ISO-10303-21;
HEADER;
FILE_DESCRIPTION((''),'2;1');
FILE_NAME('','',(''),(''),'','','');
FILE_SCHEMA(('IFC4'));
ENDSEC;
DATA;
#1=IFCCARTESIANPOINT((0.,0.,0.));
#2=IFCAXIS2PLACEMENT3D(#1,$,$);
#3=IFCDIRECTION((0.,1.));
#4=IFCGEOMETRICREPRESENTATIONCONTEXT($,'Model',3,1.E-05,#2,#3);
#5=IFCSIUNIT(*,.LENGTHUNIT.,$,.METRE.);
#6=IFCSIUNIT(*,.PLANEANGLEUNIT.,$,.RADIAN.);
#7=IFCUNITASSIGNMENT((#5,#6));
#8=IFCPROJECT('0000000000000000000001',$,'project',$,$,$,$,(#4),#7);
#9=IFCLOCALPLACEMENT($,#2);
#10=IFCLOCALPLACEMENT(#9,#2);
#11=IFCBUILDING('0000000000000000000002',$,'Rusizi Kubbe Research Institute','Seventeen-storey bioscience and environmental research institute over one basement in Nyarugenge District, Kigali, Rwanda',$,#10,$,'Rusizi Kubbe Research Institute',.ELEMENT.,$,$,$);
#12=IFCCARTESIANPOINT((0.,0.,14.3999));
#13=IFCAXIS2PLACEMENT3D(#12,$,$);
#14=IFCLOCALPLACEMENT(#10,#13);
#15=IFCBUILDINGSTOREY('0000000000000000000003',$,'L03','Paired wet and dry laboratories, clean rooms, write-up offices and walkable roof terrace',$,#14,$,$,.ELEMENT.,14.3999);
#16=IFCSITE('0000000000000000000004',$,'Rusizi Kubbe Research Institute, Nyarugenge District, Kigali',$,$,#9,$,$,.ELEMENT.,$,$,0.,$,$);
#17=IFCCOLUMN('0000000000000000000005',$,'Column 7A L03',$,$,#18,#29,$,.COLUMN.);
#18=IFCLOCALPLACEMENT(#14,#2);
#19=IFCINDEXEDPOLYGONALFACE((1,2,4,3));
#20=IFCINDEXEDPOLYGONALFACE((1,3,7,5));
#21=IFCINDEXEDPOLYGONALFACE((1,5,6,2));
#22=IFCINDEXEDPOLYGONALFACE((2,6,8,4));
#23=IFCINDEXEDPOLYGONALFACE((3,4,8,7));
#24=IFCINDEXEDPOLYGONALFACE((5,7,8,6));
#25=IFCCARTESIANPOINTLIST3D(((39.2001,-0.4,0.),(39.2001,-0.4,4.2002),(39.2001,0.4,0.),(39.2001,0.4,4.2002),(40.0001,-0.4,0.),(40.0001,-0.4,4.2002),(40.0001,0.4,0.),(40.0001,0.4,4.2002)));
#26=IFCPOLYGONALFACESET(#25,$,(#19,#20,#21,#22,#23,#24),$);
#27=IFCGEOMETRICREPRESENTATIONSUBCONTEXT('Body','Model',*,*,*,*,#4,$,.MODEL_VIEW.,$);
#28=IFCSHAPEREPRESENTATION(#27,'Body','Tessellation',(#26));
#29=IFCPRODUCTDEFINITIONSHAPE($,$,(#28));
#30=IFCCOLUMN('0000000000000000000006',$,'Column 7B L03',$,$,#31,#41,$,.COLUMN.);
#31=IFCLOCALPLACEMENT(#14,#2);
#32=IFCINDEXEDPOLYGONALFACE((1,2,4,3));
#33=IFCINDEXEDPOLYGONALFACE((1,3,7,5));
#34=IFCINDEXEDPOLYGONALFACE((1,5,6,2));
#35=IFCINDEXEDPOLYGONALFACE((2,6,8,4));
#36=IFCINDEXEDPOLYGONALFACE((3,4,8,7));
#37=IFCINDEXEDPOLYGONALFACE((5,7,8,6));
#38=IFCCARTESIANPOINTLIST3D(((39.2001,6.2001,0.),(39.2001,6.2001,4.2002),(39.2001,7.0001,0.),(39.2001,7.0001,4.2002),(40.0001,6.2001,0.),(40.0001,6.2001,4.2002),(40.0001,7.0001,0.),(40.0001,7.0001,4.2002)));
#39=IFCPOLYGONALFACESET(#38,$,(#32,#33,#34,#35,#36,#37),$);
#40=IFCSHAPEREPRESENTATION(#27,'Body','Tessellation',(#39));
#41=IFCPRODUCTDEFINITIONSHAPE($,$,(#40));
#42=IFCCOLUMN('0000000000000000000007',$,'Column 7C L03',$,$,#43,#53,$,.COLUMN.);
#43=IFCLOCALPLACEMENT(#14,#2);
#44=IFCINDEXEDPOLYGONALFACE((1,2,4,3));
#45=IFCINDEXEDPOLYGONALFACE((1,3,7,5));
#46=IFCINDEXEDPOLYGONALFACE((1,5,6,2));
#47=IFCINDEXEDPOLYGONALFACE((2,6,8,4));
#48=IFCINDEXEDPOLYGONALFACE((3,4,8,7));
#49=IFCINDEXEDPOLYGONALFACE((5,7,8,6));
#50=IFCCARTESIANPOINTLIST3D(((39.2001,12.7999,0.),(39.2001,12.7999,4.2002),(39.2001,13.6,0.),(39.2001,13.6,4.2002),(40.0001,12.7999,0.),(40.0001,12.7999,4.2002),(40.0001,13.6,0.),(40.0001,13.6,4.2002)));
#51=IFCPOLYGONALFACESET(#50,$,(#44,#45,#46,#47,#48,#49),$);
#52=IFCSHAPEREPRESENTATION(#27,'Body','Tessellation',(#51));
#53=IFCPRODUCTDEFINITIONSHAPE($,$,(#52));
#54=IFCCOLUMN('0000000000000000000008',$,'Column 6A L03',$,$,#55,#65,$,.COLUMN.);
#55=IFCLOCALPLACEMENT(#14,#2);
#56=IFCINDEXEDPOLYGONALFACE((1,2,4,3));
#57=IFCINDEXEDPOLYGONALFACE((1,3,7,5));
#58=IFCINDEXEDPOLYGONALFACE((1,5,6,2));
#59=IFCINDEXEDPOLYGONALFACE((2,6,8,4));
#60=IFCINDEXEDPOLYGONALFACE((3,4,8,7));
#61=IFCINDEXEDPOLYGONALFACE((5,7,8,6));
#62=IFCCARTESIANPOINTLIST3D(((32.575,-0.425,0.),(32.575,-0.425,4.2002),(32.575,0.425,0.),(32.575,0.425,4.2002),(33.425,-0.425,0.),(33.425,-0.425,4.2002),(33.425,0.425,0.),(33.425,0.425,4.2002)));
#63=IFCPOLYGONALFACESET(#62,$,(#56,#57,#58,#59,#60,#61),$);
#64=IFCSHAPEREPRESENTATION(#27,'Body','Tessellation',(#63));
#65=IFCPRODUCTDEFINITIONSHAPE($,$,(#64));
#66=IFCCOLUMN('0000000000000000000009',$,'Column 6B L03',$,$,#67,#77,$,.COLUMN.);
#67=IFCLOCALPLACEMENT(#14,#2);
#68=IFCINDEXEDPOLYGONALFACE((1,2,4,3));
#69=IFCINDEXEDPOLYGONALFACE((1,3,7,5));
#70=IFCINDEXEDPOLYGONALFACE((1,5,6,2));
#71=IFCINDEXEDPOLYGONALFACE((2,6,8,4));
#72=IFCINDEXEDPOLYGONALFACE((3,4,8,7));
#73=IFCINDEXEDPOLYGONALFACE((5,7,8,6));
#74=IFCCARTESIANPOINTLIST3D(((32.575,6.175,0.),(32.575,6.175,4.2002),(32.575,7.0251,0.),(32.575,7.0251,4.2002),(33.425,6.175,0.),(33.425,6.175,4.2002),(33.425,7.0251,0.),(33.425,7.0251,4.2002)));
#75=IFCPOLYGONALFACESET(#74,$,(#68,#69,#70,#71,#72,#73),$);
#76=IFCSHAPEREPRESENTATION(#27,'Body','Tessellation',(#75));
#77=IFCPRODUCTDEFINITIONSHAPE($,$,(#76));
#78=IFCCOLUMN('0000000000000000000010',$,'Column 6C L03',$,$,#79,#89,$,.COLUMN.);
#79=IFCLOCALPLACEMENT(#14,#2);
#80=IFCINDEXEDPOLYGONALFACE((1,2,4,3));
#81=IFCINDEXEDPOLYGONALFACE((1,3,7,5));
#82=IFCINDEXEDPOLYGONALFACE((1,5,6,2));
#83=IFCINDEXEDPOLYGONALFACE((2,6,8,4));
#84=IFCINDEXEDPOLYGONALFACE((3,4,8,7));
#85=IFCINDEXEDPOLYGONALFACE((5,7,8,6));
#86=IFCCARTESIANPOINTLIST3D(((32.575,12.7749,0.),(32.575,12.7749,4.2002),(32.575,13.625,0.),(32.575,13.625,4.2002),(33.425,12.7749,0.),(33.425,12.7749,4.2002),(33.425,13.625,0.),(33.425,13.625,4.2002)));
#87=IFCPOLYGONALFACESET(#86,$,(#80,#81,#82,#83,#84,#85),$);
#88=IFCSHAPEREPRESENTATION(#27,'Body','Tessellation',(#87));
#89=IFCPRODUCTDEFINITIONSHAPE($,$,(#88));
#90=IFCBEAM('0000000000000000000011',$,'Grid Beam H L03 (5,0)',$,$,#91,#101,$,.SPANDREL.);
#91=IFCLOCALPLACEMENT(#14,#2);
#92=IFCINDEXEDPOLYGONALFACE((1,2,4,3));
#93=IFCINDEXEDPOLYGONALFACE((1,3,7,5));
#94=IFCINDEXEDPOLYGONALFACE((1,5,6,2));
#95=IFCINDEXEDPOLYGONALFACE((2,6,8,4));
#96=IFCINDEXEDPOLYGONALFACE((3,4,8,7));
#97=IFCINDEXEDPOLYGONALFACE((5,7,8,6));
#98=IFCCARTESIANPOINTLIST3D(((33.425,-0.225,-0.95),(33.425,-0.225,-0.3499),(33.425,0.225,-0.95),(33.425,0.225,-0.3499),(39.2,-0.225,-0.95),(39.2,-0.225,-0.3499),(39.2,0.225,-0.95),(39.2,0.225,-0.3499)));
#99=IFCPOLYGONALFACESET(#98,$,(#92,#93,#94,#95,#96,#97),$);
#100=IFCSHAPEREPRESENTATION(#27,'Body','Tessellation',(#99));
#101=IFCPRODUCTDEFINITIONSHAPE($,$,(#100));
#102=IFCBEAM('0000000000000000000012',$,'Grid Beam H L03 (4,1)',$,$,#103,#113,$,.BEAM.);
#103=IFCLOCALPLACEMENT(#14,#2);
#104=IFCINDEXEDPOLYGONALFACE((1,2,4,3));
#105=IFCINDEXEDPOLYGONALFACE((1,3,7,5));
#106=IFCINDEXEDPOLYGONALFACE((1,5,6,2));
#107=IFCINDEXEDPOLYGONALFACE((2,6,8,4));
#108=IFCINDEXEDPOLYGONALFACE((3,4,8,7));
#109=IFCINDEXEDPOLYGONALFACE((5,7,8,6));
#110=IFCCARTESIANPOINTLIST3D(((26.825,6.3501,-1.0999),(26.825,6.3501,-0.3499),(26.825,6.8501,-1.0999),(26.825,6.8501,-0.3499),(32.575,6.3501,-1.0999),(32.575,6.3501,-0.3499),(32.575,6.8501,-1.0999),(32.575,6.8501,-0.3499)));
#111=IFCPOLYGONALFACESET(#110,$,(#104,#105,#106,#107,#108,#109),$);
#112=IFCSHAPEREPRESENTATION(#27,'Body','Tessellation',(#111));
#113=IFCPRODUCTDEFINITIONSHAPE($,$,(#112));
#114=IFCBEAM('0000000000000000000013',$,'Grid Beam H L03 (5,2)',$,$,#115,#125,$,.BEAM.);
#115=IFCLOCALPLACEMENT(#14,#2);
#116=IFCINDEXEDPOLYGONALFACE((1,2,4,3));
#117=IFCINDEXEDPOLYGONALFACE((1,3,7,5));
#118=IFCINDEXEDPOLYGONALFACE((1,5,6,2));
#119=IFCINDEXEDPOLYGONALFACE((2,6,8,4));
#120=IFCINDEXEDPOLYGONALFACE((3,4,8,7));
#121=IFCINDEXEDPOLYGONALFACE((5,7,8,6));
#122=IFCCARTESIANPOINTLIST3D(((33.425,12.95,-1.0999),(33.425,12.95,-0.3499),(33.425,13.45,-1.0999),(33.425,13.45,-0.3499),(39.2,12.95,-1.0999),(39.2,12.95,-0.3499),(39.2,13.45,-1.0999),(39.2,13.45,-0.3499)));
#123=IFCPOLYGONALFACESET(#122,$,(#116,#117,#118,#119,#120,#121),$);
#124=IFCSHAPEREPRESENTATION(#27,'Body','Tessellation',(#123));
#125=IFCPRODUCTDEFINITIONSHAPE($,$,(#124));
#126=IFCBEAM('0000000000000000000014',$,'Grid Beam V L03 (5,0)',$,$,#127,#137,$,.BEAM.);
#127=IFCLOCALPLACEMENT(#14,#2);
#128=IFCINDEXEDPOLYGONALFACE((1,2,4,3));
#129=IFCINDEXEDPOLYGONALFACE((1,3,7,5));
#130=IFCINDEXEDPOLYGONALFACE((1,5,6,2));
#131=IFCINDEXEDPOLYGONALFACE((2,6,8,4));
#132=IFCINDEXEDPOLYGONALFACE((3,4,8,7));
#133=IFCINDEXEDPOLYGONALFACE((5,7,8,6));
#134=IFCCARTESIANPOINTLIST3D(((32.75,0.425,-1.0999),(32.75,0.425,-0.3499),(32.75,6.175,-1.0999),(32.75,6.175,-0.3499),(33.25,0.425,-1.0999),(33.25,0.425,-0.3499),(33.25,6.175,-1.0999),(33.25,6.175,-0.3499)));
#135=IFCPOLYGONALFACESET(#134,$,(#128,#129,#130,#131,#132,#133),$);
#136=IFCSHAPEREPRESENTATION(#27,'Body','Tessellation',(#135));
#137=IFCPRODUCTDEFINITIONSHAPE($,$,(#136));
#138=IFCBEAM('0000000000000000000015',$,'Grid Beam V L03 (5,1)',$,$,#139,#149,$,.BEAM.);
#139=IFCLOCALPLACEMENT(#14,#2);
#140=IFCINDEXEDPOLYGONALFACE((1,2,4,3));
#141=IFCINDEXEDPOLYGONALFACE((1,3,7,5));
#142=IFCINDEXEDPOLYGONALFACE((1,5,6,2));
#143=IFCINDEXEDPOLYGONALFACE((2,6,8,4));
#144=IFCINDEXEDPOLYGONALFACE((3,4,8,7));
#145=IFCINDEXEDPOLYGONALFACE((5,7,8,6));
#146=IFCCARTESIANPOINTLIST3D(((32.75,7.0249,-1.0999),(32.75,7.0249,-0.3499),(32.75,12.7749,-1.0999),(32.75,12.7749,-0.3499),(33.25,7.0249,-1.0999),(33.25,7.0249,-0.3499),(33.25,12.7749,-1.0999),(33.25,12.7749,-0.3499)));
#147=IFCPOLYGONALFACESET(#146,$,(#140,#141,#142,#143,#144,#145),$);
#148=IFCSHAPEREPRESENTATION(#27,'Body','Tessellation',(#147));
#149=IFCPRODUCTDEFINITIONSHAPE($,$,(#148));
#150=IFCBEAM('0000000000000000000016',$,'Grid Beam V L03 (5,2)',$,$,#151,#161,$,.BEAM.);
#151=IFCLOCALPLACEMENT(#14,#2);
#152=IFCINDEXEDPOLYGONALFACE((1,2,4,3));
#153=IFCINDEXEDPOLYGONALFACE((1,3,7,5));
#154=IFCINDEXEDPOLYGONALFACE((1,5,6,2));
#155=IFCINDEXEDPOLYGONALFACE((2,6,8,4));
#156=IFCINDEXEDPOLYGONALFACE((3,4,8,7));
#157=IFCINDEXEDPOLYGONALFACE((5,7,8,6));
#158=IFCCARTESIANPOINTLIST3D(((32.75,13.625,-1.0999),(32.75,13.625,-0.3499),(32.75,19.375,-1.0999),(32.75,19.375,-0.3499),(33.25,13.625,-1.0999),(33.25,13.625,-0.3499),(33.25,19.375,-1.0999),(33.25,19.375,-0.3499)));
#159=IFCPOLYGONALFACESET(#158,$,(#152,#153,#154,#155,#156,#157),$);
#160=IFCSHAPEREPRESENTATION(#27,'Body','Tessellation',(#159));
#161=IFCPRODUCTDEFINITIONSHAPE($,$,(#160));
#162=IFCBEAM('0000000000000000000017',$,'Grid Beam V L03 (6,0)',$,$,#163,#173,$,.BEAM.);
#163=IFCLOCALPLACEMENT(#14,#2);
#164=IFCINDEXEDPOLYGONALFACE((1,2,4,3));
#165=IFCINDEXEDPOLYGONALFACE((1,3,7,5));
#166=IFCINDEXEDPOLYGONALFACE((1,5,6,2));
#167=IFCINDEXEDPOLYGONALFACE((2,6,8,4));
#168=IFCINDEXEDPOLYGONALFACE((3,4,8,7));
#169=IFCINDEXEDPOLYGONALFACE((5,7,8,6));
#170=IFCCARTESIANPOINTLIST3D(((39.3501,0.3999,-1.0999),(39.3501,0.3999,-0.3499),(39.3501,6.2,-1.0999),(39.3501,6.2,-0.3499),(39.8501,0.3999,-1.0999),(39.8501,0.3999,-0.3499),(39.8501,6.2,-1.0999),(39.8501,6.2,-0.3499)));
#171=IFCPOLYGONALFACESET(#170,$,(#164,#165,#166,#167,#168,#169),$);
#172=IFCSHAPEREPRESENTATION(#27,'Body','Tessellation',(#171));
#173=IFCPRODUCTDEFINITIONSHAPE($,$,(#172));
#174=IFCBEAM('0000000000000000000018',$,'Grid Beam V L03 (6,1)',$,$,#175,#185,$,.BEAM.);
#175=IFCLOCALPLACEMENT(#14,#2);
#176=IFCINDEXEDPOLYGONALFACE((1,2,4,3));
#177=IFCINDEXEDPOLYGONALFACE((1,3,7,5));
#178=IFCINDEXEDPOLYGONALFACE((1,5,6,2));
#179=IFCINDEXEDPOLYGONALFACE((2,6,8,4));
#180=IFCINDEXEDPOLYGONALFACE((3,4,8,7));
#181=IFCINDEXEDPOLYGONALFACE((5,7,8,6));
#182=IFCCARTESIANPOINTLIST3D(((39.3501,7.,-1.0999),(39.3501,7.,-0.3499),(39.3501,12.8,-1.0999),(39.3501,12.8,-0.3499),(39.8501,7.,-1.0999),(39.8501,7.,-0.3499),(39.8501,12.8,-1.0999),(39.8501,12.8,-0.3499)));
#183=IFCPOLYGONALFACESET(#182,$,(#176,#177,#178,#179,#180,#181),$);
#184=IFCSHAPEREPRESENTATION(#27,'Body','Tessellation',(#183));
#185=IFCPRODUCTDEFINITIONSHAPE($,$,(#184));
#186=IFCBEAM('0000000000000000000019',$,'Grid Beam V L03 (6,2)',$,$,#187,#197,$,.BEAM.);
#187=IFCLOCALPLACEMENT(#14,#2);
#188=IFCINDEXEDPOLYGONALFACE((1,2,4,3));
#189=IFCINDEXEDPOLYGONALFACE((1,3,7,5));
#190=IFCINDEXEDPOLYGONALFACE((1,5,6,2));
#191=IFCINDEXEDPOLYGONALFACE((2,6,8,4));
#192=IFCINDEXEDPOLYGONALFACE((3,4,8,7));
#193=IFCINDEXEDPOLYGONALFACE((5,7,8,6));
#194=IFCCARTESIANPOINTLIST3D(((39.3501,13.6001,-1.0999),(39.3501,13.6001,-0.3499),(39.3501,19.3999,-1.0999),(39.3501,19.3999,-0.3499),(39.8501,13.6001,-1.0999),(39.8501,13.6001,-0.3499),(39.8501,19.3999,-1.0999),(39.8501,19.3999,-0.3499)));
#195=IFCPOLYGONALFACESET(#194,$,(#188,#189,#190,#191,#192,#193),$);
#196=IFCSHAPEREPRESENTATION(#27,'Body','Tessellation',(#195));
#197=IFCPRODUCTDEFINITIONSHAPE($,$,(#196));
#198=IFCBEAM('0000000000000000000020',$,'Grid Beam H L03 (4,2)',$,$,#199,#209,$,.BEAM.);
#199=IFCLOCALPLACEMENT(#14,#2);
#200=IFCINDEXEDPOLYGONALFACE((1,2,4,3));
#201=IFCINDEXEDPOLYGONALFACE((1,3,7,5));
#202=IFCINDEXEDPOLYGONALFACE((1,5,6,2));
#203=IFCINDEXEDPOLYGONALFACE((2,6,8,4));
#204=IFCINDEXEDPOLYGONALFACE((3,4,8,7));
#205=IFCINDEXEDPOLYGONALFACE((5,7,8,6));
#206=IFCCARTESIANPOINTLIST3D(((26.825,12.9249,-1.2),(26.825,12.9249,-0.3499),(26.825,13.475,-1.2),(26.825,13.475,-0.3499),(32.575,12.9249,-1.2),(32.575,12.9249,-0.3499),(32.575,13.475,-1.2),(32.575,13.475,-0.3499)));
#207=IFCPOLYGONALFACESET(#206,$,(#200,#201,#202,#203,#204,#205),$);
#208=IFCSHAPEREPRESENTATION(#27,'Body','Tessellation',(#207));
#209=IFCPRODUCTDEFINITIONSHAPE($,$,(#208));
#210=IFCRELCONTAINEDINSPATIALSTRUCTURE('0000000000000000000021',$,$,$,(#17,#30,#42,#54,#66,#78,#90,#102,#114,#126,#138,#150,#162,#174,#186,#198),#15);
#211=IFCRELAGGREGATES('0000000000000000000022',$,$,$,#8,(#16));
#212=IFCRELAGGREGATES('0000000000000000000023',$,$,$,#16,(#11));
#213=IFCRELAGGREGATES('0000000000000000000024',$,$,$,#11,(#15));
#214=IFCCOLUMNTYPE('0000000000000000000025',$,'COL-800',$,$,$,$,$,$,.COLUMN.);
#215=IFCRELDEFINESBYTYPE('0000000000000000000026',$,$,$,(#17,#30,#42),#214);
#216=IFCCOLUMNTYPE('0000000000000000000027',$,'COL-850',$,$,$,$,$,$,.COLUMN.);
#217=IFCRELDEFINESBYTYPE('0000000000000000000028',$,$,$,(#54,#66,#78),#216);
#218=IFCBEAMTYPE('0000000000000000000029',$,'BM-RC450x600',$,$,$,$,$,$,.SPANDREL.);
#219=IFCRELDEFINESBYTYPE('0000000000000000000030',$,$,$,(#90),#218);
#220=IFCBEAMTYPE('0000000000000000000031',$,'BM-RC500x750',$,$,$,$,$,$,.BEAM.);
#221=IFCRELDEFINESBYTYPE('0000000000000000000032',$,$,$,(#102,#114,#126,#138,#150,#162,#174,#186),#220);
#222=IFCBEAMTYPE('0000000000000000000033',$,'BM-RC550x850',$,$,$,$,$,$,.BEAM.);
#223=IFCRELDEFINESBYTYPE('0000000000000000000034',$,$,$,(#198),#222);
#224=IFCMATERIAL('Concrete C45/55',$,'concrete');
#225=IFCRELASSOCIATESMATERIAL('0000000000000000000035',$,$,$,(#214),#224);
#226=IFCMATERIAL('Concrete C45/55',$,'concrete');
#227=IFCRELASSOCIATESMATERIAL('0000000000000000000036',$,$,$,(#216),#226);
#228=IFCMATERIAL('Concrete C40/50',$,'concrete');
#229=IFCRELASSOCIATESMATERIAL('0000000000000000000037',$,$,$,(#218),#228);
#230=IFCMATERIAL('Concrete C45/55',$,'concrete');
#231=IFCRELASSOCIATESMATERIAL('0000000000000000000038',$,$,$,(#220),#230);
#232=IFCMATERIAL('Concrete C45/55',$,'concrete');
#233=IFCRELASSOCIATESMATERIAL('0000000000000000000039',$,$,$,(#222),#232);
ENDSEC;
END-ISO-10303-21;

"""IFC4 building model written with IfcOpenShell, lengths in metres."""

from ifc_helpers import new_model, si_unit, direction, frame, origin, origin_2d, place, context, subcontext, project, spatial, rectangle, extrude, material, material_profile, profile_set, type_object, element, save


model = new_model("IFC4")

# Units and contexts
model_context = context("Model", 3, precision=1e-05, world=origin(), true_north=direction((0.0, 1.0)))
body_context = subcontext(model_context, "Body", "Model", "MODEL_VIEW")
ifc_project = project(units=[si_unit("LENGTHUNIT", "METRE"), si_unit("PLANEANGLEUNIT", "RADIAN")], contexts=[model_context])

# Site, building, storey
site_placement = place(None, origin())
site = spatial("IfcSite", under=ifc_project, at=site_placement, Name="Rusizi Kubbe Research Institute, Nyarugenge District, Kigali", CompositionType="ELEMENT", RefElevation=0.0)
building_placement = place(site_placement, origin())
building = spatial("IfcBuilding", under=site, at=building_placement, Name="Rusizi Kubbe Research Institute", Description="Seventeen-storey bioscience and environmental research institute over one basement in Nyarugenge District, Kigali, Rwanda", LongName="Rusizi Kubbe Research Institute", CompositionType="ELEMENT")
storey_placement = place(building_placement, frame((0.0, 0.0, 14.3999)))
storey = spatial("IfcBuildingStorey", under=building, at=storey_placement, Name="L03", Description="Paired wet and dry laboratories, clean rooms, write-up offices and walkable roof terrace", CompositionType="ELEMENT", Elevation=14.3999)

# Columns
ifc_material_1 = material(Name="Concrete C45/55", Category="concrete")
ifc_material_profile_1 = material_profile(ifc_material_1, rectangle(XDim=0.8, YDim=0.8, at=origin_2d()), Name="RC800x800")
ifc_profile_set_1 = profile_set([ifc_material_profile_1], Name="Concrete C45/55")
column_type_1 = type_object("IfcColumnType", Name="COL-800", PredefinedType="COLUMN", material=ifc_profile_set_1)
for number, where, z_axis, x_axis, name in (
    (1, (39.6001, 0.0, 0.0), (0.0, 0.0, 1.0), (1.0, 0.0, 0.0), "Column 7A L03"),
    (2, (39.6001, 6.6001, 0.0), (0.0, 0.0, 1.0), (1.0, 0.0, 0.0), "Column 7B L03"),
    (3, (39.6001, 13.2, 0.0), (0.0, 0.0, 1.0), (1.0, 0.0, 0.0), "Column 7C L03"),
):
    element("IfcColumn", number, at=place(storey_placement, frame(where, z_axis=z_axis, x_axis=x_axis)), inside=storey, type_object=column_type_1, Name=name, PredefinedType="COLUMN", context=body_context, shape_type="SweptSolid", body=[
        extrude(rectangle(XDim=0.8, YDim=0.8, at=origin_2d()), origin(), (0.0, 0.0, 1.0), 4.2002),
    ])
ifc_material_2 = material(Name="Concrete C45/55", Category="concrete")
ifc_material_profile_2 = material_profile(ifc_material_2, rectangle(XDim=0.8501, YDim=0.8501, at=origin_2d()), Name="RC850x850")
ifc_profile_set_2 = profile_set([ifc_material_profile_2], Name="Concrete C45/55")
column_type_2 = type_object("IfcColumnType", Name="COL-850", PredefinedType="COLUMN", material=ifc_profile_set_2)
for number, where, z_axis, x_axis, name in (
    (4, (33.0, 0.0, 0.0), (0.0, 0.0, 1.0), (1.0, 0.0, 0.0), "Column 6A L03"),
    (5, (33.0, 6.6001, 0.0), (0.0, 0.0, 1.0), (1.0, 0.0, 0.0), "Column 6B L03"),
    (6, (33.0, 13.2, 0.0), (0.0, 0.0, 1.0), (1.0, 0.0, 0.0), "Column 6C L03"),
):
    element("IfcColumn", number, at=place(storey_placement, frame(where, z_axis=z_axis, x_axis=x_axis)), inside=storey, type_object=column_type_2, Name=name, PredefinedType="COLUMN", context=body_context, shape_type="SweptSolid", body=[
        extrude(rectangle(XDim=0.8501, YDim=0.8501, at=origin_2d()), origin(), (0.0, 0.0, 1.0), 4.2002),
    ])

# Beams
ifc_material_3 = material(Name="Concrete C40/50", Category="concrete")
ifc_material_profile_3 = material_profile(ifc_material_3, rectangle(XDim=0.45, YDim=0.6001, at=origin_2d()), Name="RC450x600")
ifc_profile_set_3 = profile_set([ifc_material_profile_3], Name="Concrete C40/50")
beam_type_1 = type_object("IfcBeamType", Name="BM-RC450x600", PredefinedType="SPANDREL", material=ifc_profile_set_3)
beam_1_placement = place(storey_placement, frame((33.425, 0.0, -0.6499), z_axis=(1.0, 0.0, 0.0), x_axis=(0.0, 1.0, 0.0)))
element("IfcBeam", 7, at=beam_1_placement, inside=storey, type_object=beam_type_1, Name="Grid Beam H L03 (5,0)", PredefinedType="SPANDREL", context=body_context, shape_type="SweptSolid", body=[
    extrude(rectangle(XDim=0.45, YDim=0.6001, at=origin_2d()), origin(), (0.0, 0.0, 1.0), 5.7749),
])
ifc_material_4 = material(Name="Concrete C45/55", Category="concrete")
ifc_material_profile_4 = material_profile(ifc_material_4, rectangle(XDim=0.5, YDim=0.75, at=origin_2d()), Name="RC500x750B")
ifc_profile_set_4 = profile_set([ifc_material_profile_4], Name="Concrete C45/55")
beam_type_2 = type_object("IfcBeamType", Name="BM-RC500x750", PredefinedType="BEAM", material=ifc_profile_set_4)
beam_2_placement = place(storey_placement, frame((26.825, 6.6001, -0.7249), z_axis=(1.0, 0.0, 0.0), x_axis=(0.0, 1.0, 0.0)))
element("IfcBeam", 8, at=beam_2_placement, inside=storey, type_object=beam_type_2, Name="Grid Beam H L03 (4,1)", PredefinedType="BEAM", context=body_context, shape_type="SweptSolid", body=[
    extrude(rectangle(XDim=0.5, YDim=0.75, at=origin_2d()), origin(), (0.0, 0.0, 1.0), 5.75),
])
beam_3_placement = place(storey_placement, frame((33.425, 13.2, -0.7249), z_axis=(1.0, 0.0, 0.0), x_axis=(0.0, 1.0, 0.0)))
element("IfcBeam", 9, at=beam_3_placement, inside=storey, type_object=beam_type_2, Name="Grid Beam H L03 (5,2)", PredefinedType="BEAM", context=body_context, shape_type="SweptSolid", body=[
    extrude(rectangle(XDim=0.5, YDim=0.75, at=origin_2d()), origin(), (0.0, 0.0, 1.0), 5.7749),
])
for number, where, z_axis, x_axis, name in (
    (10, (33.0, 0.425, -0.7249), (0.0, 1.0, 0.0), (-1.0, 0.0, 0.0), "Grid Beam V L03 (5,0)"),
    (11, (33.0, 7.0249, -0.7249), (0.0, 1.0, 0.0), (-1.0, 0.0, 0.0), "Grid Beam V L03 (5,1)"),
    (12, (33.0, 13.625, -0.7249), (0.0, 1.0, 0.0), (-1.0, 0.0, 0.0), "Grid Beam V L03 (5,2)"),
):
    element("IfcBeam", number, at=place(storey_placement, frame(where, z_axis=z_axis, x_axis=x_axis)), inside=storey, type_object=beam_type_2, Name=name, PredefinedType="BEAM", context=body_context, shape_type="SweptSolid", body=[
        extrude(rectangle(XDim=0.5, YDim=0.75, at=origin_2d()), origin(), (0.0, 0.0, 1.0), 5.75),
    ])
for number, where, z_axis, x_axis, name in (
    (13, (39.6001, 0.3999, -0.7249), (0.0, 1.0, 0.0), (-1.0, 0.0, 0.0), "Grid Beam V L03 (6,0)"),
    (14, (39.6001, 7.0, -0.7249), (0.0, 1.0, 0.0), (-1.0, 0.0, 0.0), "Grid Beam V L03 (6,1)"),
):
    element("IfcBeam", number, at=place(storey_placement, frame(where, z_axis=z_axis, x_axis=x_axis)), inside=storey, type_object=beam_type_2, Name=name, PredefinedType="BEAM", context=body_context, shape_type="SweptSolid", body=[
        extrude(rectangle(XDim=0.5, YDim=0.75, at=origin_2d()), origin(), (0.0, 0.0, 1.0), 5.8),
    ])
beam_4_placement = place(storey_placement, frame((39.6001, 13.6001, -0.7249), z_axis=(0.0, 1.0, 0.0), x_axis=(-1.0, 0.0, 0.0)))
element("IfcBeam", 15, at=beam_4_placement, inside=storey, type_object=beam_type_2, Name="Grid Beam V L03 (6,2)", PredefinedType="BEAM", context=body_context, shape_type="SweptSolid", body=[
    extrude(rectangle(XDim=0.5, YDim=0.75, at=origin_2d()), origin(), (0.0, 0.0, 1.0), 5.7998),
])
ifc_material_5 = material(Name="Concrete C45/55", Category="concrete")
ifc_material_profile_5 = material_profile(ifc_material_5, rectangle(XDim=0.55, YDim=0.8501, at=origin_2d()), Name="RC550x850")
ifc_profile_set_5 = profile_set([ifc_material_profile_5], Name="Concrete C45/55")
beam_type_3 = type_object("IfcBeamType", Name="BM-RC550x850", PredefinedType="BEAM", material=ifc_profile_set_5)
beam_5_placement = place(storey_placement, frame((26.825, 13.2, -0.7749), z_axis=(1.0, 0.0, 0.0), x_axis=(0.0, 1.0, 0.0)))
element("IfcBeam", 16, at=beam_5_placement, inside=storey, type_object=beam_type_3, Name="Grid Beam H L03 (4,2)", PredefinedType="BEAM", context=body_context, shape_type="SweptSolid", body=[
    extrude(rectangle(XDim=0.55, YDim=0.8501, at=origin_2d()), origin(), (0.0, 0.0, 1.0), 5.75),
])

save(model, "model.ifc")
